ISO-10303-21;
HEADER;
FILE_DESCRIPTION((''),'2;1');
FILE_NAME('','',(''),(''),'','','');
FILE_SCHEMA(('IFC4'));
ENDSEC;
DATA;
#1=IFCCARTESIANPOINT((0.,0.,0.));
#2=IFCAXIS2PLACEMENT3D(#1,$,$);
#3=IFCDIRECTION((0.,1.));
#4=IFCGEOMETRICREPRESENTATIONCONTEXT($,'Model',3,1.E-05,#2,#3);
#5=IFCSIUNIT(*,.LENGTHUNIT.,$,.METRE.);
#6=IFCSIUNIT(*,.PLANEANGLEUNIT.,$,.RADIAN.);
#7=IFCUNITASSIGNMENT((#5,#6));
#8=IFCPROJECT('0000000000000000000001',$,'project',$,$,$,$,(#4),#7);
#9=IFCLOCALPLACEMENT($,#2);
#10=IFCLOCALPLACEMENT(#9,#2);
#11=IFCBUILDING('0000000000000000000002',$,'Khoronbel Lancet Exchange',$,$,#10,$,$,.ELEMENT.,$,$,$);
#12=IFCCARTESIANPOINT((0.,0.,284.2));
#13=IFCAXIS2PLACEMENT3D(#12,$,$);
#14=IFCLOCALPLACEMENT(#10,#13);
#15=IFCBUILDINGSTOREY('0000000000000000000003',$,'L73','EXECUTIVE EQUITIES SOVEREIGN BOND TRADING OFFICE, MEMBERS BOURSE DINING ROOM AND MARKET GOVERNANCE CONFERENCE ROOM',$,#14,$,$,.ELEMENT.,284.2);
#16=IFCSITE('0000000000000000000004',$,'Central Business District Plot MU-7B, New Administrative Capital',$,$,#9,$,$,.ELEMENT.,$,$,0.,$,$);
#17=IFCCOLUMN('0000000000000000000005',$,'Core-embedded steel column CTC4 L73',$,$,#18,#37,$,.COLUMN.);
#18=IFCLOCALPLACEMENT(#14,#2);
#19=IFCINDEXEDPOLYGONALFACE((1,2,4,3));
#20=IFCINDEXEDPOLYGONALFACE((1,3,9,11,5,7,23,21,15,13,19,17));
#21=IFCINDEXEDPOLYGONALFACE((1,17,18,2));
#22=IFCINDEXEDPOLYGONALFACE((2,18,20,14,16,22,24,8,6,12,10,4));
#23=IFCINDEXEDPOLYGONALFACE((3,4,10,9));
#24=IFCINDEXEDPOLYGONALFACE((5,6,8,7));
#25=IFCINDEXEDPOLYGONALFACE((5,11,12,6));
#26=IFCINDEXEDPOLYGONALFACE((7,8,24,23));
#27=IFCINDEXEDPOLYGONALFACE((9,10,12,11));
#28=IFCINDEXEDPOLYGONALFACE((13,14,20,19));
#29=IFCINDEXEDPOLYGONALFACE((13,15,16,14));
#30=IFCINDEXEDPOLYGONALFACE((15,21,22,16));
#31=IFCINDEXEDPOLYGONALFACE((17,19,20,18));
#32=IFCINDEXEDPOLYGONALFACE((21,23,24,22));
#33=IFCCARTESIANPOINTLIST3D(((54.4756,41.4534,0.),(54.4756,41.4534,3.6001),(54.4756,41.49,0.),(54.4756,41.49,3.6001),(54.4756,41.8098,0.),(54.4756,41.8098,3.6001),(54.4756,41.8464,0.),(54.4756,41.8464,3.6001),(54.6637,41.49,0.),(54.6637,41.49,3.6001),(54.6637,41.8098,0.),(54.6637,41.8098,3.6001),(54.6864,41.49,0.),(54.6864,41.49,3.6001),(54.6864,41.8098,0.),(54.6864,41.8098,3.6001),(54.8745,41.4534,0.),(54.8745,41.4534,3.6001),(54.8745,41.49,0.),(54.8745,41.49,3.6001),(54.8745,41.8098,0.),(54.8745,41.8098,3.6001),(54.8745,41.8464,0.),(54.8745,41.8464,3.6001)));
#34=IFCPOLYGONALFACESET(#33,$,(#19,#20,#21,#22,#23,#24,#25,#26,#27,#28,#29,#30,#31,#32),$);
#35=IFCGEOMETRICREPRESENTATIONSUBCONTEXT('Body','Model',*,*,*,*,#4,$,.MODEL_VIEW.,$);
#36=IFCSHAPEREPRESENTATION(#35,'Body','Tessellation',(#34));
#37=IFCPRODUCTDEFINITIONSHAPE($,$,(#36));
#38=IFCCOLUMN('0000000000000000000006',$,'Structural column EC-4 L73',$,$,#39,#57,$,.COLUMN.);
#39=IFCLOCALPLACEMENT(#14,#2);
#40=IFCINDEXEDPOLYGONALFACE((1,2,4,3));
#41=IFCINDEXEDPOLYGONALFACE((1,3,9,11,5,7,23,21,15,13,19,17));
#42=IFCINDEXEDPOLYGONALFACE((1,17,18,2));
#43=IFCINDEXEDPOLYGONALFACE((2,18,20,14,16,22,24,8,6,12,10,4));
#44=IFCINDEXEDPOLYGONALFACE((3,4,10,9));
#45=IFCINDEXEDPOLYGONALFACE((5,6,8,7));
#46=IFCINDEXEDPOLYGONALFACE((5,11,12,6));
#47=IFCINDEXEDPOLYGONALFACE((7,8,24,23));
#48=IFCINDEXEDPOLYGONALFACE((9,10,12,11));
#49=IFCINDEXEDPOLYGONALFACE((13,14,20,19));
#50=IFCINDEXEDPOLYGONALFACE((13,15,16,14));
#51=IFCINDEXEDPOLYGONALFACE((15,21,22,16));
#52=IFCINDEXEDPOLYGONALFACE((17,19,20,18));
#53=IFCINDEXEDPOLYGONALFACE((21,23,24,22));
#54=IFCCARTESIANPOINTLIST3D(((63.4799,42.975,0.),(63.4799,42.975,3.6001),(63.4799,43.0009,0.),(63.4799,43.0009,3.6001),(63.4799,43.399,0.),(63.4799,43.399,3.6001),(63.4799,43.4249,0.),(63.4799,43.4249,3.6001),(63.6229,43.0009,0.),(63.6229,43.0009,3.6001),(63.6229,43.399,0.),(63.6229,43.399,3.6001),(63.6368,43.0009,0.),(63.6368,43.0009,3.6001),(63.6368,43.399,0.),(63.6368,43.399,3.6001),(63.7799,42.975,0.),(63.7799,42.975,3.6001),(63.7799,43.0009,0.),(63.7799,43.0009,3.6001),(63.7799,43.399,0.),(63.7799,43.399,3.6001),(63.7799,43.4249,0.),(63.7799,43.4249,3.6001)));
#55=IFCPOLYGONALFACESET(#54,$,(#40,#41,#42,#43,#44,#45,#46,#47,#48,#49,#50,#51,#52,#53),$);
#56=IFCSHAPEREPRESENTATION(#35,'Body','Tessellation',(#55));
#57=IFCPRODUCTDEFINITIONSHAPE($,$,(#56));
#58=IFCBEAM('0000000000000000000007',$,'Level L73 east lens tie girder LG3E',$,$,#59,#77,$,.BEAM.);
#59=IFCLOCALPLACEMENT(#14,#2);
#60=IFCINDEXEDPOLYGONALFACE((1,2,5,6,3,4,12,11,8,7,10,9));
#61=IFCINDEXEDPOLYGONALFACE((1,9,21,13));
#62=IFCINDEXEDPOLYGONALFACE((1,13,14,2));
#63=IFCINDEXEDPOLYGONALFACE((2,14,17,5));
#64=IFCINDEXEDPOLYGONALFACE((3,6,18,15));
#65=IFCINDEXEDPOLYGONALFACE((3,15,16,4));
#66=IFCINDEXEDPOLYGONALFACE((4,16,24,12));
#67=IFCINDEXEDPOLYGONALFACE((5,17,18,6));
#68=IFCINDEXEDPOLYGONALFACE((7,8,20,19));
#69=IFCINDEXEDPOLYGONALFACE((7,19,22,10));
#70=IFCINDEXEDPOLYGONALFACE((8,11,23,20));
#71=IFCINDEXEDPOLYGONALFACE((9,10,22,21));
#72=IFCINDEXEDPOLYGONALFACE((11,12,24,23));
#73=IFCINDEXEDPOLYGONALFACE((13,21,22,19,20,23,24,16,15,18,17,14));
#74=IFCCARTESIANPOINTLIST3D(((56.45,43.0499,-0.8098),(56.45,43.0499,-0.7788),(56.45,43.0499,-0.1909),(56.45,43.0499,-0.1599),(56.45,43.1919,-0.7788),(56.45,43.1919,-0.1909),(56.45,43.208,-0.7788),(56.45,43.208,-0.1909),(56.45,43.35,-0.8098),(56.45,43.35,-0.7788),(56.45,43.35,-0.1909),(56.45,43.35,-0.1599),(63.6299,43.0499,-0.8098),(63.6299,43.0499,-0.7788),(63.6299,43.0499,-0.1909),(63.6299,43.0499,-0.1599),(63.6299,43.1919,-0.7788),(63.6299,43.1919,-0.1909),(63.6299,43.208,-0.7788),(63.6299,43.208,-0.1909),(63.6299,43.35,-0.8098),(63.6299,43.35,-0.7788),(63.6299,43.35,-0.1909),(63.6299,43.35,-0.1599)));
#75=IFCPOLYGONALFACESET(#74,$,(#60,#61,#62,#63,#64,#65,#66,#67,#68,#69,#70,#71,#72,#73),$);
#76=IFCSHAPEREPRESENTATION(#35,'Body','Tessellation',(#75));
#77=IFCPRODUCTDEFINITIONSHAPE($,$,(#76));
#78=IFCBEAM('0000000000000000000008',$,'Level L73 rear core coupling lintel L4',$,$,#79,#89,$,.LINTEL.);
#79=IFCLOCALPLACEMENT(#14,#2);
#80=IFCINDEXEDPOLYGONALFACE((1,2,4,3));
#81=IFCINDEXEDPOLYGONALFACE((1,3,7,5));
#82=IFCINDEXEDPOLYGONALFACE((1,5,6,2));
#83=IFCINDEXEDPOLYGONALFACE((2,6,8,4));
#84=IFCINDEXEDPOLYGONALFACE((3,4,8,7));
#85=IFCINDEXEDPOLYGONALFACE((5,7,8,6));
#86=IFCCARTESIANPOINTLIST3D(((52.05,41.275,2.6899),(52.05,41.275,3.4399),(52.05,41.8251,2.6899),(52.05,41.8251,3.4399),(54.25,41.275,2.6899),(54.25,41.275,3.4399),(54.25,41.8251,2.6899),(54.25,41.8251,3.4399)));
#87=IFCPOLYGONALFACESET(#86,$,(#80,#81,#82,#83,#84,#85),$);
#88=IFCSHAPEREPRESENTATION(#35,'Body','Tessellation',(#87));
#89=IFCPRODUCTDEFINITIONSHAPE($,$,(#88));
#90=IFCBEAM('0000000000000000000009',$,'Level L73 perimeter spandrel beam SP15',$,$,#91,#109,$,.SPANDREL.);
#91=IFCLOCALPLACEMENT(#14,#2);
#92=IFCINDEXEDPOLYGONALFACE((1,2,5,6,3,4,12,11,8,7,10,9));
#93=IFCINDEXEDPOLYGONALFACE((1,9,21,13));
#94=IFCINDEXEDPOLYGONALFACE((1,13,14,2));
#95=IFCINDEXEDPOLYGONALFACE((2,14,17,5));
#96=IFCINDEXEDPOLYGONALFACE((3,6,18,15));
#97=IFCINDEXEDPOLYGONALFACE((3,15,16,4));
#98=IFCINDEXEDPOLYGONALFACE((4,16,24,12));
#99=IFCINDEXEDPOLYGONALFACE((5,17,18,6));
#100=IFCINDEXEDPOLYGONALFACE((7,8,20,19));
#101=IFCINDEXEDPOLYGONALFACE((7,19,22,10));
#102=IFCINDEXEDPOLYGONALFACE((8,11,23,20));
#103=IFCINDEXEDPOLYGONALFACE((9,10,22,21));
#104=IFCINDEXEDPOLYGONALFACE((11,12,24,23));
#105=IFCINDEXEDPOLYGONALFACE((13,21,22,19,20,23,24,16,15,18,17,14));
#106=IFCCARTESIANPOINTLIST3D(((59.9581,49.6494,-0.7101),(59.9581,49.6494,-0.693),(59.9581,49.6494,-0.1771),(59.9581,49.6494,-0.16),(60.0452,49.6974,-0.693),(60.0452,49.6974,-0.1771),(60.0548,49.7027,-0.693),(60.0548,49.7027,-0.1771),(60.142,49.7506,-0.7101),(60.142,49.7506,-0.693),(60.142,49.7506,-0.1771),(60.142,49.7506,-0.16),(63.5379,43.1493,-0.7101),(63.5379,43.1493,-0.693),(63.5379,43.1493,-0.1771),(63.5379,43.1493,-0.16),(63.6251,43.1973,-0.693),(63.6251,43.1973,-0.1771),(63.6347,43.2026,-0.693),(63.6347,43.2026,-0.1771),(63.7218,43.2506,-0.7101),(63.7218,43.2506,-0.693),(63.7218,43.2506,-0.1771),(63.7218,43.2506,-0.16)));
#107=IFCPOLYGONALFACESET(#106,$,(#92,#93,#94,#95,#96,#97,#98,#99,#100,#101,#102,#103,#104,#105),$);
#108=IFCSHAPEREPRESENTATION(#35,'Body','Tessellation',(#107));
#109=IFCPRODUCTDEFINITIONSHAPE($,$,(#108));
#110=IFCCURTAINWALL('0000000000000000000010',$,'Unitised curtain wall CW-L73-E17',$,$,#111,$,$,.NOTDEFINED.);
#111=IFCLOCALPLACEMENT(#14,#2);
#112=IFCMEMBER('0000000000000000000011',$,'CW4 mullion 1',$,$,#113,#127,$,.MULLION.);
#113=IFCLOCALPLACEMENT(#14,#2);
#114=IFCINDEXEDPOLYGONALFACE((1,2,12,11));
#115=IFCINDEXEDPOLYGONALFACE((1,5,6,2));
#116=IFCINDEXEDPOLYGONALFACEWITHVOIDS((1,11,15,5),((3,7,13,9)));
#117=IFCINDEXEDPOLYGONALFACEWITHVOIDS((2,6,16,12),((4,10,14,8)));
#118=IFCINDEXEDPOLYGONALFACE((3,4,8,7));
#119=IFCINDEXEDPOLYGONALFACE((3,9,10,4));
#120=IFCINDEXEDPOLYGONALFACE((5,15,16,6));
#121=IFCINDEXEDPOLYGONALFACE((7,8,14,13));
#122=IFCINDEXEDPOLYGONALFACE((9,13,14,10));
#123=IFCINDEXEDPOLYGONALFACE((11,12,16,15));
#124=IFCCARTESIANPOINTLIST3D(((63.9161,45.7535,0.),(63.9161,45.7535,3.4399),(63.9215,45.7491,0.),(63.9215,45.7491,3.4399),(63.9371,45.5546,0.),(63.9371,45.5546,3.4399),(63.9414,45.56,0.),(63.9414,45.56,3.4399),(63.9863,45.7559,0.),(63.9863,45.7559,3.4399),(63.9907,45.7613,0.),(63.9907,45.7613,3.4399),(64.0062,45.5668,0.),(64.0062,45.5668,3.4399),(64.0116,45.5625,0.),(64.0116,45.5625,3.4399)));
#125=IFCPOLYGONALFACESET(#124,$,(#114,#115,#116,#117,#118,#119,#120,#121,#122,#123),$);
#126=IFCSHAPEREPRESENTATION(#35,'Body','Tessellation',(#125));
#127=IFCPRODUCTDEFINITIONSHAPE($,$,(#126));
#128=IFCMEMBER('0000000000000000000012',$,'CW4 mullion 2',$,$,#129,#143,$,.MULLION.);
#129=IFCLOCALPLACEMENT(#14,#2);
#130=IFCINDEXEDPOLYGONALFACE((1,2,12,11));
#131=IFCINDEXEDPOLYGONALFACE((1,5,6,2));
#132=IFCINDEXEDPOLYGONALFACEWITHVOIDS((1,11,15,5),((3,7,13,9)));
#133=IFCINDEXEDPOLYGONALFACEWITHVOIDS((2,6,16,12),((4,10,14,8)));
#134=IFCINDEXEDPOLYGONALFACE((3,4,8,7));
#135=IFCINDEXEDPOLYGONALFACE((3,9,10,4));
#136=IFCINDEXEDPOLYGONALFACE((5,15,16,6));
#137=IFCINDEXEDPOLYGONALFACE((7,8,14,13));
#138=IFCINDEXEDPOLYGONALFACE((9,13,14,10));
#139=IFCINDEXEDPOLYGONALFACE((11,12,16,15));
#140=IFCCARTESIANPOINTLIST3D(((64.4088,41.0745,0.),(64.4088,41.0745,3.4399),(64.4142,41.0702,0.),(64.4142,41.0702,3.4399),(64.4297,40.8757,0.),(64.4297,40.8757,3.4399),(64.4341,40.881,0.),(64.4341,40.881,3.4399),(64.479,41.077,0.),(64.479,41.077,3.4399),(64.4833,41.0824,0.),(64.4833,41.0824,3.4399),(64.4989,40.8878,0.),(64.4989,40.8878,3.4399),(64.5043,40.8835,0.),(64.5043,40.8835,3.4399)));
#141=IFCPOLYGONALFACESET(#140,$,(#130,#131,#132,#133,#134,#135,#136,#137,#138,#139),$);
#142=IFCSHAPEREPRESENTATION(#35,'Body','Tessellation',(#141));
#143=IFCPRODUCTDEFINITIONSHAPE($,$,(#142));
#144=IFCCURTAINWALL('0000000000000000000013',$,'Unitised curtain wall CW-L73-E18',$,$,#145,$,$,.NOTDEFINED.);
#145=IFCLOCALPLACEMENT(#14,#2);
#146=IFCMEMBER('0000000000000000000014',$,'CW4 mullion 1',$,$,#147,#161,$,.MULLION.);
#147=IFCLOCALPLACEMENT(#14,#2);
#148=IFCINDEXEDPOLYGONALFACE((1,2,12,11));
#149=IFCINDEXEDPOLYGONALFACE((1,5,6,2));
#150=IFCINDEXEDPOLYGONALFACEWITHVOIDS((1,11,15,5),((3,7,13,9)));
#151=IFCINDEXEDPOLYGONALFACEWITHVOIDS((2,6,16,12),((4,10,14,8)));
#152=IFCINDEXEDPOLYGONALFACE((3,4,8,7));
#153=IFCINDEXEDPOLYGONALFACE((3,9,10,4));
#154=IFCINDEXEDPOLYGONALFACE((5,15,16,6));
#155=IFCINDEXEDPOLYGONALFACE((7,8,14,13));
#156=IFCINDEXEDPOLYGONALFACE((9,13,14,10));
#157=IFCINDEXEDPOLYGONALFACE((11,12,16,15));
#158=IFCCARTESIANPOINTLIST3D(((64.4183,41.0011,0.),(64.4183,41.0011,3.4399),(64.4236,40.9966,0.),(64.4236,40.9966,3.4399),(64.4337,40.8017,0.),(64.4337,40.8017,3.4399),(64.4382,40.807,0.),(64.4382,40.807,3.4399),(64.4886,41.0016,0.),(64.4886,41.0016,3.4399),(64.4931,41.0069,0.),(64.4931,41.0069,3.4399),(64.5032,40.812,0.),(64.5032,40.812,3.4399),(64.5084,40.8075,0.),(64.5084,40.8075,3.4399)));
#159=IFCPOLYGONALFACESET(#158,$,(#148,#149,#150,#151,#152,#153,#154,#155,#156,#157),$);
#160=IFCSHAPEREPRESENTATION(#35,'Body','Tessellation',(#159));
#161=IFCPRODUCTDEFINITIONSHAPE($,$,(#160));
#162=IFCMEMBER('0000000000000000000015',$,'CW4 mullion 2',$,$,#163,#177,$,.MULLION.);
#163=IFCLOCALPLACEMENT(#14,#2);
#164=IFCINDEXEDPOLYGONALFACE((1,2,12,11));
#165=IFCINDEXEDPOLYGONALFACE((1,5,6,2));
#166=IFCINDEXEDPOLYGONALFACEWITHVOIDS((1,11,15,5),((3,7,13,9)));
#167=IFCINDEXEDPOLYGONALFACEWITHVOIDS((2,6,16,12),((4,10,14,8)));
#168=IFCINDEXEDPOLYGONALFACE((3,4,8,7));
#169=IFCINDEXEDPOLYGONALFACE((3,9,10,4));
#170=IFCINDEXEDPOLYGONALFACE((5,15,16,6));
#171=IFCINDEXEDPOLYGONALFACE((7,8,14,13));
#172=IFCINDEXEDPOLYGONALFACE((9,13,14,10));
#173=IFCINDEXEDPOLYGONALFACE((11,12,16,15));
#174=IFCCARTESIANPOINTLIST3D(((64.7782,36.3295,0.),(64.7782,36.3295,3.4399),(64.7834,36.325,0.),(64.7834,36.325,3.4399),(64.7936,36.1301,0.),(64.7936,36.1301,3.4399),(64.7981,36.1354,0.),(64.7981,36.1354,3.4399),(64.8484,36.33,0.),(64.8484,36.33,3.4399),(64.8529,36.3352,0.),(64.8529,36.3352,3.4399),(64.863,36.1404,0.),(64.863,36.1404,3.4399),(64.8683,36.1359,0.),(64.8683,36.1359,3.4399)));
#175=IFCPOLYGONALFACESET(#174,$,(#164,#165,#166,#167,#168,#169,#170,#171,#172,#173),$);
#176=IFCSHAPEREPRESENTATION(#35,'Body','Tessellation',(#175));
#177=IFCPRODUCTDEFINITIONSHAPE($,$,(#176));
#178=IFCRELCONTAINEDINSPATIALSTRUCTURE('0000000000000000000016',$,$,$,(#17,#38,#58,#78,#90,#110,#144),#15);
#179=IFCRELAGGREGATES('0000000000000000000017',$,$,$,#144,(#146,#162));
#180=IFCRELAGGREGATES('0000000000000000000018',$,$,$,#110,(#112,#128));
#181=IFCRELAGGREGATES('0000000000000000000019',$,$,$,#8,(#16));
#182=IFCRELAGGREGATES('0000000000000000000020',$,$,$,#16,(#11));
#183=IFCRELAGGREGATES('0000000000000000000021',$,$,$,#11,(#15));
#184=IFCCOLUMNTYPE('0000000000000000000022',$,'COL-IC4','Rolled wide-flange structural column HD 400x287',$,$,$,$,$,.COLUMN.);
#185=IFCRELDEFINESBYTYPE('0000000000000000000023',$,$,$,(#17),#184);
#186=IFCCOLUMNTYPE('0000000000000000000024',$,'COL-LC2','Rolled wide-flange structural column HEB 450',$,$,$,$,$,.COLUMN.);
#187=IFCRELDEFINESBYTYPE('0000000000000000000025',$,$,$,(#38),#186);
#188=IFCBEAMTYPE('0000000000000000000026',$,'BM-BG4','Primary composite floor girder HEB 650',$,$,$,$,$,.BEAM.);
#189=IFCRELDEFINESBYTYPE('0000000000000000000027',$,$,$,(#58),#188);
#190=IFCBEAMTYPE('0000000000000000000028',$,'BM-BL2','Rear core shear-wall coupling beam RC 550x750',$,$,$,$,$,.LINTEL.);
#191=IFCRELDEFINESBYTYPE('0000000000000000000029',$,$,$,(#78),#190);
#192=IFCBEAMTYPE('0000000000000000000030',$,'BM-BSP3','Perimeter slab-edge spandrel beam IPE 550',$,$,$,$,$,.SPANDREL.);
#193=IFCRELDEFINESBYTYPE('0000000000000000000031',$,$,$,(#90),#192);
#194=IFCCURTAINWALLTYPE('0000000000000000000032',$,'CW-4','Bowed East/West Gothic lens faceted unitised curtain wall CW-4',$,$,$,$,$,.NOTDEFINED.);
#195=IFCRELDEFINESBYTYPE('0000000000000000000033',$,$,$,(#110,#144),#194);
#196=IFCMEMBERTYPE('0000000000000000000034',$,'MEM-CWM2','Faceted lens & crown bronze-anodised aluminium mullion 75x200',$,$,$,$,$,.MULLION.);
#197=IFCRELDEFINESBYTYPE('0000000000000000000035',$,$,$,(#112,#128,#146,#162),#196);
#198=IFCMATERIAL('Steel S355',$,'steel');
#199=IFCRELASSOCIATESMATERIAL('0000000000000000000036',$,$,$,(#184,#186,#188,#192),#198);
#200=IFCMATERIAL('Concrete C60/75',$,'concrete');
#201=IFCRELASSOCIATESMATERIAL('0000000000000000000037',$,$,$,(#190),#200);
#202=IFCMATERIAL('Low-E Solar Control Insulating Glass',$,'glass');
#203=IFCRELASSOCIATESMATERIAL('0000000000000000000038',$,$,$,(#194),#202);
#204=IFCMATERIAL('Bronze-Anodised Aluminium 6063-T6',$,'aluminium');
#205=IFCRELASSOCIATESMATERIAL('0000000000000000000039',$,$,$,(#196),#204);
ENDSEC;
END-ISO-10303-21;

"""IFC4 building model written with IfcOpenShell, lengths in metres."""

from ifc_helpers import new_model, si_unit, direction, frame, origin, origin_2d, place, context, subcontext, project, spatial, rectangle, hollow_rectangle, i_section, extrude, material, material_profile, profile_set, type_object, element, aggregate, save


model = new_model("IFC4")

# Units and contexts
model_context = context("Model", 3, precision=1e-05, world=origin(), true_north=direction((0.0, 1.0)))
body_context = subcontext(model_context, "Body", "Model", "MODEL_VIEW")
ifc_project = project(units=[si_unit("LENGTHUNIT", "METRE"), si_unit("PLANEANGLEUNIT", "RADIAN")], contexts=[model_context])

# Site, building, storey
site_placement = place(None, origin())
site = spatial("IfcSite", under=ifc_project, at=site_placement, Name="Central Business District Plot MU-7B, New Administrative Capital", CompositionType="ELEMENT", RefElevation=0.0)
building_placement = place(site_placement, origin())
building = spatial("IfcBuilding", under=site, at=building_placement, Name="Khoronbel Lancet Exchange", CompositionType="ELEMENT")
storey_placement = place(building_placement, frame((0.0, 0.0, 284.2)))
storey = spatial("IfcBuildingStorey", under=building, at=storey_placement, Name="L73", Description="EXECUTIVE EQUITIES SOVEREIGN BOND TRADING OFFICE, MEMBERS BOURSE DINING ROOM AND MARKET GOVERNANCE CONFERENCE ROOM", CompositionType="ELEMENT", Elevation=284.2)

# Columns
ifc_material_1 = material(Name="Steel S355", Category="steel")
ifc_material_profile_1 = material_profile(ifc_material_1, i_section(OverallWidth=0.3989, OverallDepth=0.3931, WebThickness=0.0227, FlangeThickness=0.0366, at=origin_2d()), Name="HD 400x287")
ifc_profile_set_1 = profile_set([ifc_material_profile_1], Name="Steel S355")
column_type_1 = type_object("IfcColumnType", Name="COL-IC4", Description="Rolled wide-flange structural column HD 400x287", PredefinedType="COLUMN", material=ifc_profile_set_1)
column_1_placement = place(storey_placement, frame((54.675, 41.6499, 0.0), z_axis=(0.0, 0.0, 1.0), x_axis=(1.0, 0.0, 0.0)))
element("IfcColumn", 1, at=column_1_placement, inside=storey, type_object=column_type_1, Name="Core-embedded steel column CTC4 L73", PredefinedType="COLUMN", context=body_context, shape_type="SweptSolid", body=[
    extrude(i_section(OverallWidth=0.3989, OverallDepth=0.3931, WebThickness=0.0227, FlangeThickness=0.0366, at=origin_2d()), origin(), (0.0, 0.0, 1.0), 3.6001),
])
ifc_material_profile_2 = material_profile(ifc_material_1, i_section(OverallWidth=0.3, OverallDepth=0.45, WebThickness=0.0139, FlangeThickness=0.0259, at=origin_2d()), Name="HEB 450")
ifc_profile_set_2 = profile_set([ifc_material_profile_2], Name="Steel S355")
column_type_2 = type_object("IfcColumnType", Name="COL-LC2", Description="Rolled wide-flange structural column HEB 450", PredefinedType="COLUMN", material=ifc_profile_set_2)
column_2_placement = place(storey_placement, frame((63.6299, 43.2, 0.0), z_axis=(0.0, 0.0, 1.0), x_axis=(1.0, 0.0, 0.0)))
element("IfcColumn", 2, at=column_2_placement, inside=storey, type_object=column_type_2, Name="Structural column EC-4 L73", PredefinedType="COLUMN", context=body_context, shape_type="SweptSolid", body=[
    extrude(i_section(OverallWidth=0.3, OverallDepth=0.45, WebThickness=0.0139, FlangeThickness=0.0259, at=origin_2d()), origin(), (0.0, 0.0, 1.0), 3.6001),
])

# Beams
ifc_material_profile_3 = material_profile(ifc_material_1, i_section(OverallWidth=0.3, OverallDepth=0.6499, WebThickness=0.0161, FlangeThickness=0.031, at=origin_2d()), Name="HEB 650")
ifc_profile_set_3 = profile_set([ifc_material_profile_3], Name="Steel S355")
beam_type_1 = type_object("IfcBeamType", Name="BM-BG4", Description="Primary composite floor girder HEB 650", PredefinedType="BEAM", material=ifc_profile_set_3)
beam_1_placement = place(storey_placement, frame((56.45, 43.2, -0.4849), z_axis=(1.0, 0.0, 0.0), x_axis=(0.0, 1.0, 0.0)))
element("IfcBeam", 3, at=beam_1_placement, inside=storey, type_object=beam_type_1, Name="Level L73 east lens tie girder LG3E", PredefinedType="BEAM", context=body_context, shape_type="SweptSolid", body=[
    extrude(i_section(OverallWidth=0.3, OverallDepth=0.6499, WebThickness=0.0161, FlangeThickness=0.031, at=origin_2d()), origin(), (0.0, 0.0, 1.0), 7.1799),
])
ifc_material_2 = material(Name="Concrete C60/75", Category="concrete")
ifc_material_profile_4 = material_profile(ifc_material_2, rectangle(XDim=0.55, YDim=0.75, at=origin_2d()), Name="RC 550x750")
ifc_profile_set_4 = profile_set([ifc_material_profile_4], Name="Concrete C60/75")
beam_type_2 = type_object("IfcBeamType", Name="BM-BL2", Description="Rear core shear-wall coupling beam RC 550x750", PredefinedType="LINTEL", material=ifc_profile_set_4)
beam_2_placement = place(storey_placement, frame((52.05, 41.55, 3.0649), z_axis=(1.0, 0.0, 0.0), x_axis=(0.0, 1.0, 0.0)))
element("IfcBeam", 4, at=beam_2_placement, inside=storey, type_object=beam_type_2, Name="Level L73 rear core coupling lintel L4", PredefinedType="LINTEL", context=body_context, shape_type="SweptSolid", body=[
    extrude(rectangle(XDim=0.55, YDim=0.75, at=origin_2d()), origin(), (0.0, 0.0, 1.0), 2.2),
])
ifc_material_profile_5 = material_profile(ifc_material_1, i_section(OverallWidth=0.21, OverallDepth=0.55, WebThickness=0.011, FlangeThickness=0.0171, at=origin_2d()), Name="IPE 550")
ifc_profile_set_5 = profile_set([ifc_material_profile_5], Name="Steel S355")
beam_type_3 = type_object("IfcBeamType", Name="BM-BSP3", Description="Perimeter slab-edge spandrel beam IPE 550", PredefinedType="SPANDREL", material=ifc_profile_set_5)
beam_3_placement = place(storey_placement, frame((63.6299, 43.2, -0.4351), z_axis=(-0.482419, 0.875941, 0.0), x_axis=(-0.875941, -0.482419, 0.0)))
element("IfcBeam", 5, at=beam_3_placement, inside=storey, type_object=beam_type_3, Name="Level L73 perimeter spandrel beam SP15", PredefinedType="SPANDREL", context=body_context, shape_type="SweptSolid", body=[
    extrude(i_section(OverallWidth=0.21, OverallDepth=0.55, WebThickness=0.011, FlangeThickness=0.0171, at=origin_2d()), origin(), (0.0, 0.0, 1.0), 7.4207),
])

# Curtain walls, members
ifc_material_3 = material(Name="Low-E Solar Control Insulating Glass", Category="glass")
curtain_wall_type = type_object("IfcCurtainWallType", Name="CW-4", Description="Bowed East/West Gothic lens faceted unitised curtain wall CW-4", PredefinedType="NOTDEFINED", material=ifc_material_3)
curtain_wall_1_placement = place(storey_placement, origin())
curtain_wall_1 = element("IfcCurtainWall", 6, at=curtain_wall_1_placement, inside=storey, type_object=curtain_wall_type, Name="Unitised curtain wall CW-L73-E17", PredefinedType="NOTDEFINED")
ifc_material_4 = material(Name="Bronze-Anodised Aluminium 6063-T6", Category="aluminium")
ifc_material_profile_6 = material_profile(ifc_material_4, hollow_rectangle(XDim=0.075, YDim=0.2, WallThickness=0.0049, at=origin_2d()), Name="ALU MULLION 75x200")
ifc_profile_set_6 = profile_set([ifc_material_profile_6], Name="Bronze-Anodised Aluminium 6063-T6")
member_type_1 = type_object("IfcMemberType", Name="MEM-CWM2", Description="Faceted lens & crown bronze-anodised aluminium mullion 75x200", PredefinedType="MULLION", material=ifc_profile_set_6)
member_1_placement = place(storey_placement, frame((63.9639, 45.658, 0.0), z_axis=(0.0, 0.0, 1.0), x_axis=(0.994505, 0.104691, 0.0)))
member_1 = element("IfcMember", 7, at=member_1_placement, type_object=member_type_1, Name="CW4 mullion 1", PredefinedType="MULLION", context=body_context, shape_type="SweptSolid", body=[
    extrude(hollow_rectangle(XDim=0.075, YDim=0.2, WallThickness=0.0049, at=origin_2d()), origin(), (0.0, 0.0, 1.0), 3.4399),
])
member_2_placement = place(storey_placement, frame((64.4565, 40.979, 0.0), z_axis=(0.0, 0.0, 1.0), x_axis=(0.994505, 0.104691, 0.0)))
member_2 = element("IfcMember", 8, at=member_2_placement, type_object=member_type_1, Name="CW4 mullion 2", PredefinedType="MULLION", context=body_context, shape_type="SweptSolid", body=[
    extrude(hollow_rectangle(XDim=0.075, YDim=0.2, WallThickness=0.0049, at=origin_2d()), origin(), (0.0, 0.0, 1.0), 3.4399),
])
curtain_wall_2_placement = place(storey_placement, origin())
curtain_wall_2 = element("IfcCurtainWall", 9, at=curtain_wall_2_placement, inside=storey, type_object=curtain_wall_type, Name="Unitised curtain wall CW-L73-E18", PredefinedType="NOTDEFINED")
member_3_placement = place(storey_placement, frame((64.4634, 40.9043, 0.0), z_axis=(0.0, 0.0, 1.0), x_axis=(0.997045, 0.076819, 0.0)))
member_3 = element("IfcMember", 10, at=member_3_placement, type_object=member_type_1, Name="CW4 mullion 1", PredefinedType="MULLION", context=body_context, shape_type="SweptSolid", body=[
    extrude(hollow_rectangle(XDim=0.075, YDim=0.2, WallThickness=0.0049, at=origin_2d()), origin(), (0.0, 0.0, 1.0), 3.4399),
])
member_4_placement = place(storey_placement, frame((64.8232, 36.2327, 0.0), z_axis=(0.0, 0.0, 1.0), x_axis=(0.997045, 0.076819, 0.0)))
member_4 = element("IfcMember", 11, at=member_4_placement, type_object=member_type_1, Name="CW4 mullion 2", PredefinedType="MULLION", context=body_context, shape_type="SweptSolid", body=[
    extrude(hollow_rectangle(XDim=0.075, YDim=0.2, WallThickness=0.0049, at=origin_2d()), origin(), (0.0, 0.0, 1.0), 3.4399),
])

aggregate(curtain_wall_2, [member_3, member_4])
aggregate(curtain_wall_1, [member_1, member_2])

save(model, "model.ifc")
